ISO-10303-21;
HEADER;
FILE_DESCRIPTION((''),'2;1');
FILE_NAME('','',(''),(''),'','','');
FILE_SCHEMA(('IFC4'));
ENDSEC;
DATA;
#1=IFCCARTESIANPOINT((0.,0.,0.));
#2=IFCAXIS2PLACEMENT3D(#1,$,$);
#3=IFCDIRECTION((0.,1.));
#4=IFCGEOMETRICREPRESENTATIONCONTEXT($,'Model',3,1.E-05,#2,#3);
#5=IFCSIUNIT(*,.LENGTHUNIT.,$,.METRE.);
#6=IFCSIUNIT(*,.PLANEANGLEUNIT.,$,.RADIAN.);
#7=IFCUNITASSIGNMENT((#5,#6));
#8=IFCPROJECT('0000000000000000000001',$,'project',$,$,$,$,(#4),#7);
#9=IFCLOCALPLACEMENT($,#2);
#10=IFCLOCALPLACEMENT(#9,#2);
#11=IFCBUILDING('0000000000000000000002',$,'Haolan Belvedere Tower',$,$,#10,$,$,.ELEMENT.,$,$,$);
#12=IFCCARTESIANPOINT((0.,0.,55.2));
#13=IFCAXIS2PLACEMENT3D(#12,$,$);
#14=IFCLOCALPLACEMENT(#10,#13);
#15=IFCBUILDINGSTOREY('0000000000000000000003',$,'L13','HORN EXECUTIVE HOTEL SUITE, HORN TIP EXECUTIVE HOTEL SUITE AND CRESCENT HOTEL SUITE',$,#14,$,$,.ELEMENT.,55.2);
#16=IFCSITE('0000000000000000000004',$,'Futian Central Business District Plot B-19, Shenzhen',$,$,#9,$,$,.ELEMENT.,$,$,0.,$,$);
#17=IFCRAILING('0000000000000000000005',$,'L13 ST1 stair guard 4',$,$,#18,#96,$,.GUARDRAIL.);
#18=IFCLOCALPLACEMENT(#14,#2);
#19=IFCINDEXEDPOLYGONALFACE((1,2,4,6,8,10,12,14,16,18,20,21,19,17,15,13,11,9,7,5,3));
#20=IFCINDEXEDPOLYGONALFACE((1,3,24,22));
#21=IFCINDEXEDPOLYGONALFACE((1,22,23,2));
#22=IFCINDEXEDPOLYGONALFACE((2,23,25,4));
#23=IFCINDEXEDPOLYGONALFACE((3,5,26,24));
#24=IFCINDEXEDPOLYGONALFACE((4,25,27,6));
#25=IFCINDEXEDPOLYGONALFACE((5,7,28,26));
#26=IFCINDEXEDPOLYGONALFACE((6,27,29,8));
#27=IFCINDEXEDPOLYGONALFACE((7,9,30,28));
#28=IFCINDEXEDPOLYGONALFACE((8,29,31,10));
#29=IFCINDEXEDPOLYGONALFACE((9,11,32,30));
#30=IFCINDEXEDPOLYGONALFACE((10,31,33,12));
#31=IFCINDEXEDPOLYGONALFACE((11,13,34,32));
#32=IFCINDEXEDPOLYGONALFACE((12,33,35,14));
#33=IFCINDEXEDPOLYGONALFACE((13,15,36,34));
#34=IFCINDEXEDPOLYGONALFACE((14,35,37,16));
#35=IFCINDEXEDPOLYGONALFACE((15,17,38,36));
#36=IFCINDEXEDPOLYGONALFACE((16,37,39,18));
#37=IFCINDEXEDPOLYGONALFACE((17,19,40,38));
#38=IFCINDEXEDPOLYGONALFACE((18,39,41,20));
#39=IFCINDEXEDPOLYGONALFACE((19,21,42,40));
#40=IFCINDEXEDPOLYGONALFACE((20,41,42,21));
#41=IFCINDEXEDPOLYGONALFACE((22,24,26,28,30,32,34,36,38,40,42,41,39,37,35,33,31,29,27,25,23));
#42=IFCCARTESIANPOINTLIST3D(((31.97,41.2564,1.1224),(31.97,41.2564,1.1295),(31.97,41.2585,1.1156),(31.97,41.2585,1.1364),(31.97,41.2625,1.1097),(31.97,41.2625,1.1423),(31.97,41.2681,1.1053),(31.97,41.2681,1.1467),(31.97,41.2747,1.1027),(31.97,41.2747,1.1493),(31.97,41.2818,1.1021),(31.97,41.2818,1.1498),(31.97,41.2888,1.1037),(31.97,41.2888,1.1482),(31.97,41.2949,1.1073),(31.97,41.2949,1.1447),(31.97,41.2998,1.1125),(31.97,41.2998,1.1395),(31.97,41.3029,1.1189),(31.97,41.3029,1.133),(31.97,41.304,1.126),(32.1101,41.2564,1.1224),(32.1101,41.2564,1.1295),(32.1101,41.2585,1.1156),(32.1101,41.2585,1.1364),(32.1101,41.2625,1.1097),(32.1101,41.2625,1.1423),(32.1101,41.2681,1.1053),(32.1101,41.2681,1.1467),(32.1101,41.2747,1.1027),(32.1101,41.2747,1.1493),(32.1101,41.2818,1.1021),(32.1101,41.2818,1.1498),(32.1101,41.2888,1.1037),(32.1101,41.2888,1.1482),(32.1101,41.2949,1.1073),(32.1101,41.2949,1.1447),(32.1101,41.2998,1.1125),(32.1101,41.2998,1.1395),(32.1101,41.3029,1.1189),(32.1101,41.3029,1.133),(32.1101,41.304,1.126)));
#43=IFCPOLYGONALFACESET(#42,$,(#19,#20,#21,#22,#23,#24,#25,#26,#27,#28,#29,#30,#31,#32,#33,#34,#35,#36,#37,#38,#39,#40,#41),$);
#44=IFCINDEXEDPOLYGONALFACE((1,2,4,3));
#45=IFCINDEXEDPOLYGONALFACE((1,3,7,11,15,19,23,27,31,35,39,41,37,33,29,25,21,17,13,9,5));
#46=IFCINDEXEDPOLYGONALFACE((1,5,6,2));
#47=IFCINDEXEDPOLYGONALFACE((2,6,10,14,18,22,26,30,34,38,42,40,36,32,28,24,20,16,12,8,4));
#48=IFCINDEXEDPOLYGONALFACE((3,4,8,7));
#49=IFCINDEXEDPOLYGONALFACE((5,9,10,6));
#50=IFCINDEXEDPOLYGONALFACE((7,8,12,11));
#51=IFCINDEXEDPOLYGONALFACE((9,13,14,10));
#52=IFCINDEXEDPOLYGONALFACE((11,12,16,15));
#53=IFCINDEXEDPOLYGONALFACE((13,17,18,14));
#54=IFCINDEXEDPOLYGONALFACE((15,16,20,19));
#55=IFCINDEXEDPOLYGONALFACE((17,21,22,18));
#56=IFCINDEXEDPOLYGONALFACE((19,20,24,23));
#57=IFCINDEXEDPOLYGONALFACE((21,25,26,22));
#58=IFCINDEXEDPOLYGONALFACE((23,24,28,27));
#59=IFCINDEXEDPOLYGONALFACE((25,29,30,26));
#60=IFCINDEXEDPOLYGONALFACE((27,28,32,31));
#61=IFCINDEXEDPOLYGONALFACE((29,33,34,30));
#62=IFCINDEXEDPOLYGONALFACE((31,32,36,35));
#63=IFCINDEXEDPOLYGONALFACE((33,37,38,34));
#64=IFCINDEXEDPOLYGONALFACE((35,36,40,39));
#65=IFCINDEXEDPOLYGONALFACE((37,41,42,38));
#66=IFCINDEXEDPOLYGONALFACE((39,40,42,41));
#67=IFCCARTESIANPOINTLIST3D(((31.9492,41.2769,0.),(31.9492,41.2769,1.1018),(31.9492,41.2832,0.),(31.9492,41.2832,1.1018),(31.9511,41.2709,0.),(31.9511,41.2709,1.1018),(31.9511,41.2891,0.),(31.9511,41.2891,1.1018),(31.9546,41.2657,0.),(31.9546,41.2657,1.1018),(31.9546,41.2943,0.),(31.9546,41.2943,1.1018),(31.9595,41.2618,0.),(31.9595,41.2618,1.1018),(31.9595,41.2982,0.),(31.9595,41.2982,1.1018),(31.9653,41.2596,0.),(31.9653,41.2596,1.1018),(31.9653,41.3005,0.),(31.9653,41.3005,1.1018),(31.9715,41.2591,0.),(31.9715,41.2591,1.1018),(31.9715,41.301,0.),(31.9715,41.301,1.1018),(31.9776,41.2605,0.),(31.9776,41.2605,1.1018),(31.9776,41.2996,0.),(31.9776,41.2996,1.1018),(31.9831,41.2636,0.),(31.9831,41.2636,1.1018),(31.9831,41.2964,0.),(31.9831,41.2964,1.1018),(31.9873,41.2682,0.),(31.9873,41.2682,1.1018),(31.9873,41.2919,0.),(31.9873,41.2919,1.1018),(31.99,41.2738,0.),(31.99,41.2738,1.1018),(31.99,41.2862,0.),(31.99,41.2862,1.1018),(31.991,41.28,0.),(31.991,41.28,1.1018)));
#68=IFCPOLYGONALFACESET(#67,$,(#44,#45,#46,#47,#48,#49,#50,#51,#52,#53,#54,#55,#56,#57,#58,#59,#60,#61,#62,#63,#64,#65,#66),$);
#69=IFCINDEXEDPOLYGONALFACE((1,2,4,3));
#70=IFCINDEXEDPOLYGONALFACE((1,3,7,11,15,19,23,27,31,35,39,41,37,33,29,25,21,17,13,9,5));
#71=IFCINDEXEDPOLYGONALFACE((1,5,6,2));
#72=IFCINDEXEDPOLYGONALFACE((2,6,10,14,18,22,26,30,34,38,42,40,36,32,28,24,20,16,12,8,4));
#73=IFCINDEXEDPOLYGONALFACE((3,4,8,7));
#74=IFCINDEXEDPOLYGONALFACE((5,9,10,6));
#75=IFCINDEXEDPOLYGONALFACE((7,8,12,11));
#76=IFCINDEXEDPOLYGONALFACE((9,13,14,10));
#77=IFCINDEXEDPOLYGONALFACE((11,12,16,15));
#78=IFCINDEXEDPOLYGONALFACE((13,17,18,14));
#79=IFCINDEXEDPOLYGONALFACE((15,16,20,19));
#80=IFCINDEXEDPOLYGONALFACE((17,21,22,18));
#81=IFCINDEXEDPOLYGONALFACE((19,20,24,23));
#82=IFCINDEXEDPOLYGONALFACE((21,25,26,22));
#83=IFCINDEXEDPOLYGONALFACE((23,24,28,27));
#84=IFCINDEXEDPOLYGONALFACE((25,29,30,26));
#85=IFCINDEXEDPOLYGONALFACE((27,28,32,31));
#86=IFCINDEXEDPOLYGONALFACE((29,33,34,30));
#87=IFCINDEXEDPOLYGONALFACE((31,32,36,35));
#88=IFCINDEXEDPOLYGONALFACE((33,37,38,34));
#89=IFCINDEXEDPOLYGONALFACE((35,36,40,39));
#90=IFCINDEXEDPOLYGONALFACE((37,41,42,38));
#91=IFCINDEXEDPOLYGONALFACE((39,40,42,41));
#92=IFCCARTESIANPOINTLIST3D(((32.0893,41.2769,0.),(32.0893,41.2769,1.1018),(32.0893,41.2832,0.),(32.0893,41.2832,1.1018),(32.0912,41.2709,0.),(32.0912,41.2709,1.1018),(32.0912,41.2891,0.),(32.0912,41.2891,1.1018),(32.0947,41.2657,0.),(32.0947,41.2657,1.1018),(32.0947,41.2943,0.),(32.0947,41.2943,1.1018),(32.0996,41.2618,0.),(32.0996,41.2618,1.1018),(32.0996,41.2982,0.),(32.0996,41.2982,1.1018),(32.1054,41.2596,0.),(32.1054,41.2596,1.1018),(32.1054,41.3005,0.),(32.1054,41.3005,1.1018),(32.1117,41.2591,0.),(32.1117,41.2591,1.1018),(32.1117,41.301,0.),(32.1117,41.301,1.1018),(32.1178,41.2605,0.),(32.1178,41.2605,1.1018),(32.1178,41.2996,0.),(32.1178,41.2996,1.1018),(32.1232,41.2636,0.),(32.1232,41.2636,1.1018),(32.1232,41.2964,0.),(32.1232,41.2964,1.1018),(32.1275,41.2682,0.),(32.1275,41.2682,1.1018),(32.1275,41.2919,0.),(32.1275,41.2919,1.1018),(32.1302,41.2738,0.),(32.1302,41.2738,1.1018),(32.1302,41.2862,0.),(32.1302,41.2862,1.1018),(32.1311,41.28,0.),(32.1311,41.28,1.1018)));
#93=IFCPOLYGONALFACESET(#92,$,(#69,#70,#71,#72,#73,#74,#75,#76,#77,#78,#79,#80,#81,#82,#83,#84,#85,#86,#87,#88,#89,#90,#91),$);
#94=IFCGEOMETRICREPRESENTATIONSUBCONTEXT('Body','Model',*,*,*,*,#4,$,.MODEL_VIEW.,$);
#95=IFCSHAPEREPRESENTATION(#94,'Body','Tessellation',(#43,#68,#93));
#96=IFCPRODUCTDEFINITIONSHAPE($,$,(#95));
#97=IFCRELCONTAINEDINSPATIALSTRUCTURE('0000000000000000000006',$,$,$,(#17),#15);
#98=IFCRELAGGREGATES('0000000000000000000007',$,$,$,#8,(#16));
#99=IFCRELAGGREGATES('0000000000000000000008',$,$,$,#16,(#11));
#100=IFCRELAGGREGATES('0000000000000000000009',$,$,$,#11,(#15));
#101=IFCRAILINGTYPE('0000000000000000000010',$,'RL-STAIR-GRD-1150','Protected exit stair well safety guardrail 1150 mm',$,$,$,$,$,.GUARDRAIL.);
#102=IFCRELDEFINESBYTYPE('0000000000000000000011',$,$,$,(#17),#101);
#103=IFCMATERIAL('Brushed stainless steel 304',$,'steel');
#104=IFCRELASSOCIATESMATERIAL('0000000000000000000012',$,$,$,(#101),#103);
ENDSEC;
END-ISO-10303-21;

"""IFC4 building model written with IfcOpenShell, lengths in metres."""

from ifc_helpers import new_model, si_unit, direction, frame, origin, origin_2d, place, context, subcontext, project, spatial, circle, extrude, material, type_object, element, save


model = new_model("IFC4")

# Units and contexts
model_context = context("Model", 3, precision=1e-05, world=origin(), true_north=direction((0.0, 1.0)))
body_context = subcontext(model_context, "Body", "Model", "MODEL_VIEW")
ifc_project = project(units=[si_unit("LENGTHUNIT", "METRE"), si_unit("PLANEANGLEUNIT", "RADIAN")], contexts=[model_context])

# Site, building, storey
site_placement = place(None, origin())
site = spatial("IfcSite", under=ifc_project, at=site_placement, Name="Futian Central Business District Plot B-19, Shenzhen", CompositionType="ELEMENT", RefElevation=0.0)
building_placement = place(site_placement, origin())
building = spatial("IfcBuilding", under=site, at=building_placement, Name="Haolan Belvedere Tower", CompositionType="ELEMENT")
storey_placement = place(building_placement, frame((0.0, 0.0, 55.2)))
storey = spatial("IfcBuildingStorey", under=building, at=storey_placement, Name="L13", Description="HORN EXECUTIVE HOTEL SUITE, HORN TIP EXECUTIVE HOTEL SUITE AND CRESCENT HOTEL SUITE", CompositionType="ELEMENT", Elevation=55.2)

# Railing
ifc_material_1 = material(Name="Brushed stainless steel 304", Category="steel")
railing_type_1 = type_object("IfcRailingType", Name="RL-STAIR-GRD-1150", Description="Protected exit stair well safety guardrail 1150 mm", PredefinedType="GUARDRAIL", material=ifc_material_1)
railing_1_placement = place(storey_placement, frame((31.97, 41.28, 0.0)))
element("IfcRailing", 1, at=railing_1_placement, inside=storey, type_object=railing_type_1, Name="L13 ST1 stair guard 4", PredefinedType="GUARDRAIL", context=body_context, shape_type="SweptSolid", body=[
    extrude(circle(Radius=0.0239, at=origin_2d()), frame((0.0, 0.0, 1.126), z_axis=(1.0, 0.0, 0.0), x_axis=(0.0, 1.0, 0.0)), (0.0, 0.0, 1.0), 0.1401),
    extrude(circle(Radius=0.021, at=origin_2d()), origin(), (0.0, 0.0, 1.0), 1.1018),
    extrude(circle(Radius=0.021, at=origin_2d()), frame((0.1401, 0.0, 0.0)), (0.0, 0.0, 1.0), 1.1018),
])

save(model, "model.ifc")
